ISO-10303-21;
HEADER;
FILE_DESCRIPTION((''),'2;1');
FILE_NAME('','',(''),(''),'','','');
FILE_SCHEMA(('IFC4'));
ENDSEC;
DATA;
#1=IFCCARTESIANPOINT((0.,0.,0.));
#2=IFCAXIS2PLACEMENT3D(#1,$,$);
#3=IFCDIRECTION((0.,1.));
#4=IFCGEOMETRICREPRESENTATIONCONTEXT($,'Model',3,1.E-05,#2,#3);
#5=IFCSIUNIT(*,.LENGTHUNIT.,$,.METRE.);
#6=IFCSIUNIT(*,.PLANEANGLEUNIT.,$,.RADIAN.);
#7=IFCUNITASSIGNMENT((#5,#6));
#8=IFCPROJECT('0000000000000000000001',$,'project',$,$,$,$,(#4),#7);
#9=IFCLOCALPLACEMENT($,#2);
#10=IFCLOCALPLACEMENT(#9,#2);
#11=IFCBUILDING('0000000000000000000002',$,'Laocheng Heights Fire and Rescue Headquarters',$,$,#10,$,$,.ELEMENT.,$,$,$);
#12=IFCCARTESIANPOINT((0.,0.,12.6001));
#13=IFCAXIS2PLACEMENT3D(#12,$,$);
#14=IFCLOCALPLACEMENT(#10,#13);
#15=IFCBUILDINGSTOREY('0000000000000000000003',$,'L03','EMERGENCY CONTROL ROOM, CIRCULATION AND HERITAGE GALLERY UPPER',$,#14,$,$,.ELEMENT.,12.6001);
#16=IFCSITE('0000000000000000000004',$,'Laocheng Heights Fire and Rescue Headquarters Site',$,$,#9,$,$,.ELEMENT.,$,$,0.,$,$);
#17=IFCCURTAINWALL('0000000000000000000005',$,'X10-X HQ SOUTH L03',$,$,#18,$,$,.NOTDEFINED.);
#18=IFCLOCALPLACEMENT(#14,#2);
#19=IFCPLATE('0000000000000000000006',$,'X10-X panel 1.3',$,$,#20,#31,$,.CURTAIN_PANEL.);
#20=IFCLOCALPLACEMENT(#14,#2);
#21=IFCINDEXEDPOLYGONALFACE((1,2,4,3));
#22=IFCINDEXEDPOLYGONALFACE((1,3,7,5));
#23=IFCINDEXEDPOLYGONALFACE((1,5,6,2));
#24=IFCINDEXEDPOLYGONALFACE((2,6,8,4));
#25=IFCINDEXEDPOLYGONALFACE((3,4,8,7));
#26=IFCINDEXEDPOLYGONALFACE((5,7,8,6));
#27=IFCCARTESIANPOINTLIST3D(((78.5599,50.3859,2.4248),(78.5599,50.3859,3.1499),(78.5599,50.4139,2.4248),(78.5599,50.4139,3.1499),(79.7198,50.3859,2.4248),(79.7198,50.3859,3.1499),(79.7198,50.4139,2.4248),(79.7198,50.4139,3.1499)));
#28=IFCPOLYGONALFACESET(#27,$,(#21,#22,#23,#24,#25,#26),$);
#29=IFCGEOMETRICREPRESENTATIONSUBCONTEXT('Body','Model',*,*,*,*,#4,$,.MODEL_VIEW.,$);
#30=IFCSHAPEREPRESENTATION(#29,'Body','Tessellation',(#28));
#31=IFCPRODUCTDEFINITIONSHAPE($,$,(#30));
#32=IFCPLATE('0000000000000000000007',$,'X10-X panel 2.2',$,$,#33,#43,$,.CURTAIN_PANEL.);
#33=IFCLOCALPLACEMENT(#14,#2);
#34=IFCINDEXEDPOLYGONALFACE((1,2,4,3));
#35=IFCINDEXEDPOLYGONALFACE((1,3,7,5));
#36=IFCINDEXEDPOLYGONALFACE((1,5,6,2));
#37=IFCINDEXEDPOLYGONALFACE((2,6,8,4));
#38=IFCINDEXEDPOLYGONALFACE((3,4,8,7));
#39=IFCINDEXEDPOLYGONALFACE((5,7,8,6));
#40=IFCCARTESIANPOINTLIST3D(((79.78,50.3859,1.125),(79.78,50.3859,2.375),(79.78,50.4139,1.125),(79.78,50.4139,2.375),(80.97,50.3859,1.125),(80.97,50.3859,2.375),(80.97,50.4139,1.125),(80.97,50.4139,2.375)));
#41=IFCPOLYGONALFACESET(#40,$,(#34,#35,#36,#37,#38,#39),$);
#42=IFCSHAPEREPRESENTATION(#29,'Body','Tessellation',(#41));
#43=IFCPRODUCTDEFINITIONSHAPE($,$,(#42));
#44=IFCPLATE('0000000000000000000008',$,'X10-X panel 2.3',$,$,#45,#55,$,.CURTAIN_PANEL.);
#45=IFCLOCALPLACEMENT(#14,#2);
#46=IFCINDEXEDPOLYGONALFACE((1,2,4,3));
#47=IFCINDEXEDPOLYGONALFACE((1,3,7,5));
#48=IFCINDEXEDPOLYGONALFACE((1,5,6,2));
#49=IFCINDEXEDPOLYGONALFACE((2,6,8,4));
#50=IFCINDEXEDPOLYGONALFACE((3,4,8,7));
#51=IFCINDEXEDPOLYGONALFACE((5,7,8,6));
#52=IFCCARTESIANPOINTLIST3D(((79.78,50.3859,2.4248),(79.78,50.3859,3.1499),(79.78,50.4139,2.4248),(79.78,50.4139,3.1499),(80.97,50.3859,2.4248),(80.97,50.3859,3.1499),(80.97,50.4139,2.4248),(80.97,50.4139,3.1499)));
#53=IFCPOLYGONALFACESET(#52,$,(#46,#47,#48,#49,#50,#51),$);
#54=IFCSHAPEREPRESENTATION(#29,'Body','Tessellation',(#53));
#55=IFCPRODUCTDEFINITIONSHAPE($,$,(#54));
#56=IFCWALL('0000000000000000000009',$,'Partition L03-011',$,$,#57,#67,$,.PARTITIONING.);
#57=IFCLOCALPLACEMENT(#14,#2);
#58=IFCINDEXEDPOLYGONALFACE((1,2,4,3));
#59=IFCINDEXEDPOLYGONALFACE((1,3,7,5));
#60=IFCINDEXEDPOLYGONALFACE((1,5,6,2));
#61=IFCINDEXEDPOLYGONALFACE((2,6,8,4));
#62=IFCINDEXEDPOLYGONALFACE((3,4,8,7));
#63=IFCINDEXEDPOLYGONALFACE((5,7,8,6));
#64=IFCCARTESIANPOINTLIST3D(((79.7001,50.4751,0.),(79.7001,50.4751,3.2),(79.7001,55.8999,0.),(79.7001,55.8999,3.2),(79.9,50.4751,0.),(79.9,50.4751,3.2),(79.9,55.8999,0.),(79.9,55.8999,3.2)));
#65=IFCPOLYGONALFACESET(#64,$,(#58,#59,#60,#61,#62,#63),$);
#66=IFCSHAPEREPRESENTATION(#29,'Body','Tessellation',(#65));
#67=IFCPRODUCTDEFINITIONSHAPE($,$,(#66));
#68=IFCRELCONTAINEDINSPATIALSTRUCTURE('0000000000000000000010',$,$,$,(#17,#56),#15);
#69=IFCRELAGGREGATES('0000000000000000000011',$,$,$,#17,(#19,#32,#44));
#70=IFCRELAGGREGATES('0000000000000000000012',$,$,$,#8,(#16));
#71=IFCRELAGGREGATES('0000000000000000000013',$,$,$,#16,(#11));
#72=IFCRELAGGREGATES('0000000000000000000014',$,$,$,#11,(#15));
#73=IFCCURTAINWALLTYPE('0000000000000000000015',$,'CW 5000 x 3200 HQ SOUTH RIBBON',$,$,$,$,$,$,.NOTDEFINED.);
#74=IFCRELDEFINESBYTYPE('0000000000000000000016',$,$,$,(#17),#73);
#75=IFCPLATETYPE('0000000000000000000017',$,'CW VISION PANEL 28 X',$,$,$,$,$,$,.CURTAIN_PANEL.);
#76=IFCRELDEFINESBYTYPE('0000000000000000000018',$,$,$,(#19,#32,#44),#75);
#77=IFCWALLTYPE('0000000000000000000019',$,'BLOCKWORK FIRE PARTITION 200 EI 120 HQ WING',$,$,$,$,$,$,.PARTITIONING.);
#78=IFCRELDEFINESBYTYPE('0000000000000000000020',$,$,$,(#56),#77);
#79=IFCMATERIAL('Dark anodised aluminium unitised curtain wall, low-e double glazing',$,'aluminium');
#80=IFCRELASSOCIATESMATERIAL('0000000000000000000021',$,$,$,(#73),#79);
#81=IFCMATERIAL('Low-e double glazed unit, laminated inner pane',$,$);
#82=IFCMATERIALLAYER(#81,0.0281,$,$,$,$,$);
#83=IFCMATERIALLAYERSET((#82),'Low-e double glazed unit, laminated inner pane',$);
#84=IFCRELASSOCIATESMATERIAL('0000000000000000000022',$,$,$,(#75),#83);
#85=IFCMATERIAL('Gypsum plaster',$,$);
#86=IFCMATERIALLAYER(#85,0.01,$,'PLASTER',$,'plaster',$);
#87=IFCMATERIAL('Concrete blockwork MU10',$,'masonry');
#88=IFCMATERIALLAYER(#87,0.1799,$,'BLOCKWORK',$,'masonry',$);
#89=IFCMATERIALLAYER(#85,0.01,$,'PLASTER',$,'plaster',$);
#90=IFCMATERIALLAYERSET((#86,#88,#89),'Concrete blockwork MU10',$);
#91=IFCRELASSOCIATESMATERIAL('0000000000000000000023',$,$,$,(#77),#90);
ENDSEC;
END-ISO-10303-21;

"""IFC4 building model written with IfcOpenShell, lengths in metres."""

from ifc_helpers import new_model, si_unit, direction, frame, frame_2d, origin, origin_2d, place, context, subcontext, project, spatial, rectangle, extrude, material, layer, layer_set, type_object, element, aggregate, save


model = new_model("IFC4")

# Units and contexts
model_context = context("Model", 3, precision=1e-05, world=origin(), true_north=direction((0.0, 1.0)))
body_context = subcontext(model_context, "Body", "Model", "MODEL_VIEW")
ifc_project = project(units=[si_unit("LENGTHUNIT", "METRE"), si_unit("PLANEANGLEUNIT", "RADIAN")], contexts=[model_context])

# Site, building, storey
site_placement = place(None, origin())
site = spatial("IfcSite", under=ifc_project, at=site_placement, Name="Laocheng Heights Fire and Rescue Headquarters Site", CompositionType="ELEMENT", RefElevation=0.0)
building_placement = place(site_placement, origin())
building = spatial("IfcBuilding", under=site, at=building_placement, Name="Laocheng Heights Fire and Rescue Headquarters", CompositionType="ELEMENT")
storey_placement = place(building_placement, frame((0.0, 0.0, 12.6001)))
storey = spatial("IfcBuildingStorey", under=building, at=storey_placement, Name="L03", Description="EMERGENCY CONTROL ROOM, CIRCULATION AND HERITAGE GALLERY UPPER", CompositionType="ELEMENT", Elevation=12.6001)

# Shared definitions
ifc_material_1 = material(Name="Dark anodised aluminium unitised curtain wall, low-e double glazing", Category="aluminium")
curtain_wall_type = type_object("IfcCurtainWallType", Name="CW 5000 x 3200 HQ SOUTH RIBBON", PredefinedType="NOTDEFINED", material=ifc_material_1)

# Curtain wall
curtain_wall_1_placement = place(storey_placement, origin())
curtain_wall_1 = element("IfcCurtainWall", 1, at=curtain_wall_1_placement, inside=storey, type_object=curtain_wall_type, Name="X10-X HQ SOUTH L03", PredefinedType="NOTDEFINED")

# Plates
ifc_material_2 = material(Name="Low-e double glazed unit, laminated inner pane")
ifc_layer_1 = layer(ifc_material_2, 0.0281)
ifc_layer_set_1 = layer_set([ifc_layer_1], Name="Low-e double glazed unit, laminated inner pane")
plate_type_1 = type_object("IfcPlateType", Name="CW VISION PANEL 28 X", PredefinedType="CURTAIN_PANEL", material=ifc_layer_set_1)
plate_1_placement = place(storey_placement, frame((79.1399, 50.3999, 2.4248), z_axis=(0.0, 0.0, 1.0), x_axis=(1.0, 0.0, 0.0)))
plate_1 = element("IfcPlate", 2, at=plate_1_placement, type_object=plate_type_1, Name="X10-X panel 1.3", PredefinedType="CURTAIN_PANEL", context=body_context, shape_type="SweptSolid", body=[
    extrude(rectangle(XDim=1.1599, YDim=0.0281, at=origin_2d()), origin(), (0.0, 0.0, 1.0), 0.7251),
])
plate_2_placement = place(storey_placement, frame((80.375, 50.3999, 1.125), z_axis=(0.0, 0.0, 1.0), x_axis=(1.0, 0.0, 0.0)))
plate_2 = element("IfcPlate", 3, at=plate_2_placement, type_object=plate_type_1, Name="X10-X panel 2.2", PredefinedType="CURTAIN_PANEL", context=body_context, shape_type="SweptSolid", body=[
    extrude(rectangle(XDim=1.1899, YDim=0.0281, at=origin_2d()), origin(), (0.0, 0.0, 1.0), 1.25),
])
plate_3_placement = place(storey_placement, frame((80.375, 50.3999, 2.4248), z_axis=(0.0, 0.0, 1.0), x_axis=(1.0, 0.0, 0.0)))
plate_3 = element("IfcPlate", 4, at=plate_3_placement, type_object=plate_type_1, Name="X10-X panel 2.3", PredefinedType="CURTAIN_PANEL", context=body_context, shape_type="SweptSolid", body=[
    extrude(rectangle(XDim=1.1899, YDim=0.0281, at=origin_2d()), origin(), (0.0, 0.0, 1.0), 0.7251),
])
aggregate(curtain_wall_1, [plate_1, plate_2, plate_3])

# Wall
ifc_material_3 = material(Name="Gypsum plaster")
ifc_layer_2 = layer(ifc_material_3, 0.01, Name="PLASTER", Category="plaster")
ifc_material_4 = material(Name="Concrete blockwork MU10", Category="masonry")
ifc_layer_3 = layer(ifc_material_4, 0.1799, Name="BLOCKWORK", Category="masonry")
ifc_layer_4 = layer(ifc_material_3, 0.01, Name="PLASTER", Category="plaster")
ifc_layer_set_2 = layer_set([ifc_layer_2, ifc_layer_3, ifc_layer_4], Name="Concrete blockwork MU10")
wall_type = type_object("IfcWallType", Name="BLOCKWORK FIRE PARTITION 200 EI 120 HQ WING", PredefinedType="PARTITIONING", material=ifc_layer_set_2)
wall_placement = place(storey_placement, frame((79.8, 50.4751, 0.0), z_axis=(0.0, 0.0, 1.0), x_axis=(0.0, 1.0, 0.0)))
element("IfcWall", 5, at=wall_placement, inside=storey, type_object=wall_type, Name="Partition L03-011", PredefinedType="PARTITIONING", context=body_context, shape_type="SweptSolid", body=[
    extrude(rectangle(XDim=5.4248, YDim=0.2, at=frame_2d((2.7124, 0.0))), origin(), (0.0, 0.0, 1.0), 3.2),
])

save(model, "model.ifc")
